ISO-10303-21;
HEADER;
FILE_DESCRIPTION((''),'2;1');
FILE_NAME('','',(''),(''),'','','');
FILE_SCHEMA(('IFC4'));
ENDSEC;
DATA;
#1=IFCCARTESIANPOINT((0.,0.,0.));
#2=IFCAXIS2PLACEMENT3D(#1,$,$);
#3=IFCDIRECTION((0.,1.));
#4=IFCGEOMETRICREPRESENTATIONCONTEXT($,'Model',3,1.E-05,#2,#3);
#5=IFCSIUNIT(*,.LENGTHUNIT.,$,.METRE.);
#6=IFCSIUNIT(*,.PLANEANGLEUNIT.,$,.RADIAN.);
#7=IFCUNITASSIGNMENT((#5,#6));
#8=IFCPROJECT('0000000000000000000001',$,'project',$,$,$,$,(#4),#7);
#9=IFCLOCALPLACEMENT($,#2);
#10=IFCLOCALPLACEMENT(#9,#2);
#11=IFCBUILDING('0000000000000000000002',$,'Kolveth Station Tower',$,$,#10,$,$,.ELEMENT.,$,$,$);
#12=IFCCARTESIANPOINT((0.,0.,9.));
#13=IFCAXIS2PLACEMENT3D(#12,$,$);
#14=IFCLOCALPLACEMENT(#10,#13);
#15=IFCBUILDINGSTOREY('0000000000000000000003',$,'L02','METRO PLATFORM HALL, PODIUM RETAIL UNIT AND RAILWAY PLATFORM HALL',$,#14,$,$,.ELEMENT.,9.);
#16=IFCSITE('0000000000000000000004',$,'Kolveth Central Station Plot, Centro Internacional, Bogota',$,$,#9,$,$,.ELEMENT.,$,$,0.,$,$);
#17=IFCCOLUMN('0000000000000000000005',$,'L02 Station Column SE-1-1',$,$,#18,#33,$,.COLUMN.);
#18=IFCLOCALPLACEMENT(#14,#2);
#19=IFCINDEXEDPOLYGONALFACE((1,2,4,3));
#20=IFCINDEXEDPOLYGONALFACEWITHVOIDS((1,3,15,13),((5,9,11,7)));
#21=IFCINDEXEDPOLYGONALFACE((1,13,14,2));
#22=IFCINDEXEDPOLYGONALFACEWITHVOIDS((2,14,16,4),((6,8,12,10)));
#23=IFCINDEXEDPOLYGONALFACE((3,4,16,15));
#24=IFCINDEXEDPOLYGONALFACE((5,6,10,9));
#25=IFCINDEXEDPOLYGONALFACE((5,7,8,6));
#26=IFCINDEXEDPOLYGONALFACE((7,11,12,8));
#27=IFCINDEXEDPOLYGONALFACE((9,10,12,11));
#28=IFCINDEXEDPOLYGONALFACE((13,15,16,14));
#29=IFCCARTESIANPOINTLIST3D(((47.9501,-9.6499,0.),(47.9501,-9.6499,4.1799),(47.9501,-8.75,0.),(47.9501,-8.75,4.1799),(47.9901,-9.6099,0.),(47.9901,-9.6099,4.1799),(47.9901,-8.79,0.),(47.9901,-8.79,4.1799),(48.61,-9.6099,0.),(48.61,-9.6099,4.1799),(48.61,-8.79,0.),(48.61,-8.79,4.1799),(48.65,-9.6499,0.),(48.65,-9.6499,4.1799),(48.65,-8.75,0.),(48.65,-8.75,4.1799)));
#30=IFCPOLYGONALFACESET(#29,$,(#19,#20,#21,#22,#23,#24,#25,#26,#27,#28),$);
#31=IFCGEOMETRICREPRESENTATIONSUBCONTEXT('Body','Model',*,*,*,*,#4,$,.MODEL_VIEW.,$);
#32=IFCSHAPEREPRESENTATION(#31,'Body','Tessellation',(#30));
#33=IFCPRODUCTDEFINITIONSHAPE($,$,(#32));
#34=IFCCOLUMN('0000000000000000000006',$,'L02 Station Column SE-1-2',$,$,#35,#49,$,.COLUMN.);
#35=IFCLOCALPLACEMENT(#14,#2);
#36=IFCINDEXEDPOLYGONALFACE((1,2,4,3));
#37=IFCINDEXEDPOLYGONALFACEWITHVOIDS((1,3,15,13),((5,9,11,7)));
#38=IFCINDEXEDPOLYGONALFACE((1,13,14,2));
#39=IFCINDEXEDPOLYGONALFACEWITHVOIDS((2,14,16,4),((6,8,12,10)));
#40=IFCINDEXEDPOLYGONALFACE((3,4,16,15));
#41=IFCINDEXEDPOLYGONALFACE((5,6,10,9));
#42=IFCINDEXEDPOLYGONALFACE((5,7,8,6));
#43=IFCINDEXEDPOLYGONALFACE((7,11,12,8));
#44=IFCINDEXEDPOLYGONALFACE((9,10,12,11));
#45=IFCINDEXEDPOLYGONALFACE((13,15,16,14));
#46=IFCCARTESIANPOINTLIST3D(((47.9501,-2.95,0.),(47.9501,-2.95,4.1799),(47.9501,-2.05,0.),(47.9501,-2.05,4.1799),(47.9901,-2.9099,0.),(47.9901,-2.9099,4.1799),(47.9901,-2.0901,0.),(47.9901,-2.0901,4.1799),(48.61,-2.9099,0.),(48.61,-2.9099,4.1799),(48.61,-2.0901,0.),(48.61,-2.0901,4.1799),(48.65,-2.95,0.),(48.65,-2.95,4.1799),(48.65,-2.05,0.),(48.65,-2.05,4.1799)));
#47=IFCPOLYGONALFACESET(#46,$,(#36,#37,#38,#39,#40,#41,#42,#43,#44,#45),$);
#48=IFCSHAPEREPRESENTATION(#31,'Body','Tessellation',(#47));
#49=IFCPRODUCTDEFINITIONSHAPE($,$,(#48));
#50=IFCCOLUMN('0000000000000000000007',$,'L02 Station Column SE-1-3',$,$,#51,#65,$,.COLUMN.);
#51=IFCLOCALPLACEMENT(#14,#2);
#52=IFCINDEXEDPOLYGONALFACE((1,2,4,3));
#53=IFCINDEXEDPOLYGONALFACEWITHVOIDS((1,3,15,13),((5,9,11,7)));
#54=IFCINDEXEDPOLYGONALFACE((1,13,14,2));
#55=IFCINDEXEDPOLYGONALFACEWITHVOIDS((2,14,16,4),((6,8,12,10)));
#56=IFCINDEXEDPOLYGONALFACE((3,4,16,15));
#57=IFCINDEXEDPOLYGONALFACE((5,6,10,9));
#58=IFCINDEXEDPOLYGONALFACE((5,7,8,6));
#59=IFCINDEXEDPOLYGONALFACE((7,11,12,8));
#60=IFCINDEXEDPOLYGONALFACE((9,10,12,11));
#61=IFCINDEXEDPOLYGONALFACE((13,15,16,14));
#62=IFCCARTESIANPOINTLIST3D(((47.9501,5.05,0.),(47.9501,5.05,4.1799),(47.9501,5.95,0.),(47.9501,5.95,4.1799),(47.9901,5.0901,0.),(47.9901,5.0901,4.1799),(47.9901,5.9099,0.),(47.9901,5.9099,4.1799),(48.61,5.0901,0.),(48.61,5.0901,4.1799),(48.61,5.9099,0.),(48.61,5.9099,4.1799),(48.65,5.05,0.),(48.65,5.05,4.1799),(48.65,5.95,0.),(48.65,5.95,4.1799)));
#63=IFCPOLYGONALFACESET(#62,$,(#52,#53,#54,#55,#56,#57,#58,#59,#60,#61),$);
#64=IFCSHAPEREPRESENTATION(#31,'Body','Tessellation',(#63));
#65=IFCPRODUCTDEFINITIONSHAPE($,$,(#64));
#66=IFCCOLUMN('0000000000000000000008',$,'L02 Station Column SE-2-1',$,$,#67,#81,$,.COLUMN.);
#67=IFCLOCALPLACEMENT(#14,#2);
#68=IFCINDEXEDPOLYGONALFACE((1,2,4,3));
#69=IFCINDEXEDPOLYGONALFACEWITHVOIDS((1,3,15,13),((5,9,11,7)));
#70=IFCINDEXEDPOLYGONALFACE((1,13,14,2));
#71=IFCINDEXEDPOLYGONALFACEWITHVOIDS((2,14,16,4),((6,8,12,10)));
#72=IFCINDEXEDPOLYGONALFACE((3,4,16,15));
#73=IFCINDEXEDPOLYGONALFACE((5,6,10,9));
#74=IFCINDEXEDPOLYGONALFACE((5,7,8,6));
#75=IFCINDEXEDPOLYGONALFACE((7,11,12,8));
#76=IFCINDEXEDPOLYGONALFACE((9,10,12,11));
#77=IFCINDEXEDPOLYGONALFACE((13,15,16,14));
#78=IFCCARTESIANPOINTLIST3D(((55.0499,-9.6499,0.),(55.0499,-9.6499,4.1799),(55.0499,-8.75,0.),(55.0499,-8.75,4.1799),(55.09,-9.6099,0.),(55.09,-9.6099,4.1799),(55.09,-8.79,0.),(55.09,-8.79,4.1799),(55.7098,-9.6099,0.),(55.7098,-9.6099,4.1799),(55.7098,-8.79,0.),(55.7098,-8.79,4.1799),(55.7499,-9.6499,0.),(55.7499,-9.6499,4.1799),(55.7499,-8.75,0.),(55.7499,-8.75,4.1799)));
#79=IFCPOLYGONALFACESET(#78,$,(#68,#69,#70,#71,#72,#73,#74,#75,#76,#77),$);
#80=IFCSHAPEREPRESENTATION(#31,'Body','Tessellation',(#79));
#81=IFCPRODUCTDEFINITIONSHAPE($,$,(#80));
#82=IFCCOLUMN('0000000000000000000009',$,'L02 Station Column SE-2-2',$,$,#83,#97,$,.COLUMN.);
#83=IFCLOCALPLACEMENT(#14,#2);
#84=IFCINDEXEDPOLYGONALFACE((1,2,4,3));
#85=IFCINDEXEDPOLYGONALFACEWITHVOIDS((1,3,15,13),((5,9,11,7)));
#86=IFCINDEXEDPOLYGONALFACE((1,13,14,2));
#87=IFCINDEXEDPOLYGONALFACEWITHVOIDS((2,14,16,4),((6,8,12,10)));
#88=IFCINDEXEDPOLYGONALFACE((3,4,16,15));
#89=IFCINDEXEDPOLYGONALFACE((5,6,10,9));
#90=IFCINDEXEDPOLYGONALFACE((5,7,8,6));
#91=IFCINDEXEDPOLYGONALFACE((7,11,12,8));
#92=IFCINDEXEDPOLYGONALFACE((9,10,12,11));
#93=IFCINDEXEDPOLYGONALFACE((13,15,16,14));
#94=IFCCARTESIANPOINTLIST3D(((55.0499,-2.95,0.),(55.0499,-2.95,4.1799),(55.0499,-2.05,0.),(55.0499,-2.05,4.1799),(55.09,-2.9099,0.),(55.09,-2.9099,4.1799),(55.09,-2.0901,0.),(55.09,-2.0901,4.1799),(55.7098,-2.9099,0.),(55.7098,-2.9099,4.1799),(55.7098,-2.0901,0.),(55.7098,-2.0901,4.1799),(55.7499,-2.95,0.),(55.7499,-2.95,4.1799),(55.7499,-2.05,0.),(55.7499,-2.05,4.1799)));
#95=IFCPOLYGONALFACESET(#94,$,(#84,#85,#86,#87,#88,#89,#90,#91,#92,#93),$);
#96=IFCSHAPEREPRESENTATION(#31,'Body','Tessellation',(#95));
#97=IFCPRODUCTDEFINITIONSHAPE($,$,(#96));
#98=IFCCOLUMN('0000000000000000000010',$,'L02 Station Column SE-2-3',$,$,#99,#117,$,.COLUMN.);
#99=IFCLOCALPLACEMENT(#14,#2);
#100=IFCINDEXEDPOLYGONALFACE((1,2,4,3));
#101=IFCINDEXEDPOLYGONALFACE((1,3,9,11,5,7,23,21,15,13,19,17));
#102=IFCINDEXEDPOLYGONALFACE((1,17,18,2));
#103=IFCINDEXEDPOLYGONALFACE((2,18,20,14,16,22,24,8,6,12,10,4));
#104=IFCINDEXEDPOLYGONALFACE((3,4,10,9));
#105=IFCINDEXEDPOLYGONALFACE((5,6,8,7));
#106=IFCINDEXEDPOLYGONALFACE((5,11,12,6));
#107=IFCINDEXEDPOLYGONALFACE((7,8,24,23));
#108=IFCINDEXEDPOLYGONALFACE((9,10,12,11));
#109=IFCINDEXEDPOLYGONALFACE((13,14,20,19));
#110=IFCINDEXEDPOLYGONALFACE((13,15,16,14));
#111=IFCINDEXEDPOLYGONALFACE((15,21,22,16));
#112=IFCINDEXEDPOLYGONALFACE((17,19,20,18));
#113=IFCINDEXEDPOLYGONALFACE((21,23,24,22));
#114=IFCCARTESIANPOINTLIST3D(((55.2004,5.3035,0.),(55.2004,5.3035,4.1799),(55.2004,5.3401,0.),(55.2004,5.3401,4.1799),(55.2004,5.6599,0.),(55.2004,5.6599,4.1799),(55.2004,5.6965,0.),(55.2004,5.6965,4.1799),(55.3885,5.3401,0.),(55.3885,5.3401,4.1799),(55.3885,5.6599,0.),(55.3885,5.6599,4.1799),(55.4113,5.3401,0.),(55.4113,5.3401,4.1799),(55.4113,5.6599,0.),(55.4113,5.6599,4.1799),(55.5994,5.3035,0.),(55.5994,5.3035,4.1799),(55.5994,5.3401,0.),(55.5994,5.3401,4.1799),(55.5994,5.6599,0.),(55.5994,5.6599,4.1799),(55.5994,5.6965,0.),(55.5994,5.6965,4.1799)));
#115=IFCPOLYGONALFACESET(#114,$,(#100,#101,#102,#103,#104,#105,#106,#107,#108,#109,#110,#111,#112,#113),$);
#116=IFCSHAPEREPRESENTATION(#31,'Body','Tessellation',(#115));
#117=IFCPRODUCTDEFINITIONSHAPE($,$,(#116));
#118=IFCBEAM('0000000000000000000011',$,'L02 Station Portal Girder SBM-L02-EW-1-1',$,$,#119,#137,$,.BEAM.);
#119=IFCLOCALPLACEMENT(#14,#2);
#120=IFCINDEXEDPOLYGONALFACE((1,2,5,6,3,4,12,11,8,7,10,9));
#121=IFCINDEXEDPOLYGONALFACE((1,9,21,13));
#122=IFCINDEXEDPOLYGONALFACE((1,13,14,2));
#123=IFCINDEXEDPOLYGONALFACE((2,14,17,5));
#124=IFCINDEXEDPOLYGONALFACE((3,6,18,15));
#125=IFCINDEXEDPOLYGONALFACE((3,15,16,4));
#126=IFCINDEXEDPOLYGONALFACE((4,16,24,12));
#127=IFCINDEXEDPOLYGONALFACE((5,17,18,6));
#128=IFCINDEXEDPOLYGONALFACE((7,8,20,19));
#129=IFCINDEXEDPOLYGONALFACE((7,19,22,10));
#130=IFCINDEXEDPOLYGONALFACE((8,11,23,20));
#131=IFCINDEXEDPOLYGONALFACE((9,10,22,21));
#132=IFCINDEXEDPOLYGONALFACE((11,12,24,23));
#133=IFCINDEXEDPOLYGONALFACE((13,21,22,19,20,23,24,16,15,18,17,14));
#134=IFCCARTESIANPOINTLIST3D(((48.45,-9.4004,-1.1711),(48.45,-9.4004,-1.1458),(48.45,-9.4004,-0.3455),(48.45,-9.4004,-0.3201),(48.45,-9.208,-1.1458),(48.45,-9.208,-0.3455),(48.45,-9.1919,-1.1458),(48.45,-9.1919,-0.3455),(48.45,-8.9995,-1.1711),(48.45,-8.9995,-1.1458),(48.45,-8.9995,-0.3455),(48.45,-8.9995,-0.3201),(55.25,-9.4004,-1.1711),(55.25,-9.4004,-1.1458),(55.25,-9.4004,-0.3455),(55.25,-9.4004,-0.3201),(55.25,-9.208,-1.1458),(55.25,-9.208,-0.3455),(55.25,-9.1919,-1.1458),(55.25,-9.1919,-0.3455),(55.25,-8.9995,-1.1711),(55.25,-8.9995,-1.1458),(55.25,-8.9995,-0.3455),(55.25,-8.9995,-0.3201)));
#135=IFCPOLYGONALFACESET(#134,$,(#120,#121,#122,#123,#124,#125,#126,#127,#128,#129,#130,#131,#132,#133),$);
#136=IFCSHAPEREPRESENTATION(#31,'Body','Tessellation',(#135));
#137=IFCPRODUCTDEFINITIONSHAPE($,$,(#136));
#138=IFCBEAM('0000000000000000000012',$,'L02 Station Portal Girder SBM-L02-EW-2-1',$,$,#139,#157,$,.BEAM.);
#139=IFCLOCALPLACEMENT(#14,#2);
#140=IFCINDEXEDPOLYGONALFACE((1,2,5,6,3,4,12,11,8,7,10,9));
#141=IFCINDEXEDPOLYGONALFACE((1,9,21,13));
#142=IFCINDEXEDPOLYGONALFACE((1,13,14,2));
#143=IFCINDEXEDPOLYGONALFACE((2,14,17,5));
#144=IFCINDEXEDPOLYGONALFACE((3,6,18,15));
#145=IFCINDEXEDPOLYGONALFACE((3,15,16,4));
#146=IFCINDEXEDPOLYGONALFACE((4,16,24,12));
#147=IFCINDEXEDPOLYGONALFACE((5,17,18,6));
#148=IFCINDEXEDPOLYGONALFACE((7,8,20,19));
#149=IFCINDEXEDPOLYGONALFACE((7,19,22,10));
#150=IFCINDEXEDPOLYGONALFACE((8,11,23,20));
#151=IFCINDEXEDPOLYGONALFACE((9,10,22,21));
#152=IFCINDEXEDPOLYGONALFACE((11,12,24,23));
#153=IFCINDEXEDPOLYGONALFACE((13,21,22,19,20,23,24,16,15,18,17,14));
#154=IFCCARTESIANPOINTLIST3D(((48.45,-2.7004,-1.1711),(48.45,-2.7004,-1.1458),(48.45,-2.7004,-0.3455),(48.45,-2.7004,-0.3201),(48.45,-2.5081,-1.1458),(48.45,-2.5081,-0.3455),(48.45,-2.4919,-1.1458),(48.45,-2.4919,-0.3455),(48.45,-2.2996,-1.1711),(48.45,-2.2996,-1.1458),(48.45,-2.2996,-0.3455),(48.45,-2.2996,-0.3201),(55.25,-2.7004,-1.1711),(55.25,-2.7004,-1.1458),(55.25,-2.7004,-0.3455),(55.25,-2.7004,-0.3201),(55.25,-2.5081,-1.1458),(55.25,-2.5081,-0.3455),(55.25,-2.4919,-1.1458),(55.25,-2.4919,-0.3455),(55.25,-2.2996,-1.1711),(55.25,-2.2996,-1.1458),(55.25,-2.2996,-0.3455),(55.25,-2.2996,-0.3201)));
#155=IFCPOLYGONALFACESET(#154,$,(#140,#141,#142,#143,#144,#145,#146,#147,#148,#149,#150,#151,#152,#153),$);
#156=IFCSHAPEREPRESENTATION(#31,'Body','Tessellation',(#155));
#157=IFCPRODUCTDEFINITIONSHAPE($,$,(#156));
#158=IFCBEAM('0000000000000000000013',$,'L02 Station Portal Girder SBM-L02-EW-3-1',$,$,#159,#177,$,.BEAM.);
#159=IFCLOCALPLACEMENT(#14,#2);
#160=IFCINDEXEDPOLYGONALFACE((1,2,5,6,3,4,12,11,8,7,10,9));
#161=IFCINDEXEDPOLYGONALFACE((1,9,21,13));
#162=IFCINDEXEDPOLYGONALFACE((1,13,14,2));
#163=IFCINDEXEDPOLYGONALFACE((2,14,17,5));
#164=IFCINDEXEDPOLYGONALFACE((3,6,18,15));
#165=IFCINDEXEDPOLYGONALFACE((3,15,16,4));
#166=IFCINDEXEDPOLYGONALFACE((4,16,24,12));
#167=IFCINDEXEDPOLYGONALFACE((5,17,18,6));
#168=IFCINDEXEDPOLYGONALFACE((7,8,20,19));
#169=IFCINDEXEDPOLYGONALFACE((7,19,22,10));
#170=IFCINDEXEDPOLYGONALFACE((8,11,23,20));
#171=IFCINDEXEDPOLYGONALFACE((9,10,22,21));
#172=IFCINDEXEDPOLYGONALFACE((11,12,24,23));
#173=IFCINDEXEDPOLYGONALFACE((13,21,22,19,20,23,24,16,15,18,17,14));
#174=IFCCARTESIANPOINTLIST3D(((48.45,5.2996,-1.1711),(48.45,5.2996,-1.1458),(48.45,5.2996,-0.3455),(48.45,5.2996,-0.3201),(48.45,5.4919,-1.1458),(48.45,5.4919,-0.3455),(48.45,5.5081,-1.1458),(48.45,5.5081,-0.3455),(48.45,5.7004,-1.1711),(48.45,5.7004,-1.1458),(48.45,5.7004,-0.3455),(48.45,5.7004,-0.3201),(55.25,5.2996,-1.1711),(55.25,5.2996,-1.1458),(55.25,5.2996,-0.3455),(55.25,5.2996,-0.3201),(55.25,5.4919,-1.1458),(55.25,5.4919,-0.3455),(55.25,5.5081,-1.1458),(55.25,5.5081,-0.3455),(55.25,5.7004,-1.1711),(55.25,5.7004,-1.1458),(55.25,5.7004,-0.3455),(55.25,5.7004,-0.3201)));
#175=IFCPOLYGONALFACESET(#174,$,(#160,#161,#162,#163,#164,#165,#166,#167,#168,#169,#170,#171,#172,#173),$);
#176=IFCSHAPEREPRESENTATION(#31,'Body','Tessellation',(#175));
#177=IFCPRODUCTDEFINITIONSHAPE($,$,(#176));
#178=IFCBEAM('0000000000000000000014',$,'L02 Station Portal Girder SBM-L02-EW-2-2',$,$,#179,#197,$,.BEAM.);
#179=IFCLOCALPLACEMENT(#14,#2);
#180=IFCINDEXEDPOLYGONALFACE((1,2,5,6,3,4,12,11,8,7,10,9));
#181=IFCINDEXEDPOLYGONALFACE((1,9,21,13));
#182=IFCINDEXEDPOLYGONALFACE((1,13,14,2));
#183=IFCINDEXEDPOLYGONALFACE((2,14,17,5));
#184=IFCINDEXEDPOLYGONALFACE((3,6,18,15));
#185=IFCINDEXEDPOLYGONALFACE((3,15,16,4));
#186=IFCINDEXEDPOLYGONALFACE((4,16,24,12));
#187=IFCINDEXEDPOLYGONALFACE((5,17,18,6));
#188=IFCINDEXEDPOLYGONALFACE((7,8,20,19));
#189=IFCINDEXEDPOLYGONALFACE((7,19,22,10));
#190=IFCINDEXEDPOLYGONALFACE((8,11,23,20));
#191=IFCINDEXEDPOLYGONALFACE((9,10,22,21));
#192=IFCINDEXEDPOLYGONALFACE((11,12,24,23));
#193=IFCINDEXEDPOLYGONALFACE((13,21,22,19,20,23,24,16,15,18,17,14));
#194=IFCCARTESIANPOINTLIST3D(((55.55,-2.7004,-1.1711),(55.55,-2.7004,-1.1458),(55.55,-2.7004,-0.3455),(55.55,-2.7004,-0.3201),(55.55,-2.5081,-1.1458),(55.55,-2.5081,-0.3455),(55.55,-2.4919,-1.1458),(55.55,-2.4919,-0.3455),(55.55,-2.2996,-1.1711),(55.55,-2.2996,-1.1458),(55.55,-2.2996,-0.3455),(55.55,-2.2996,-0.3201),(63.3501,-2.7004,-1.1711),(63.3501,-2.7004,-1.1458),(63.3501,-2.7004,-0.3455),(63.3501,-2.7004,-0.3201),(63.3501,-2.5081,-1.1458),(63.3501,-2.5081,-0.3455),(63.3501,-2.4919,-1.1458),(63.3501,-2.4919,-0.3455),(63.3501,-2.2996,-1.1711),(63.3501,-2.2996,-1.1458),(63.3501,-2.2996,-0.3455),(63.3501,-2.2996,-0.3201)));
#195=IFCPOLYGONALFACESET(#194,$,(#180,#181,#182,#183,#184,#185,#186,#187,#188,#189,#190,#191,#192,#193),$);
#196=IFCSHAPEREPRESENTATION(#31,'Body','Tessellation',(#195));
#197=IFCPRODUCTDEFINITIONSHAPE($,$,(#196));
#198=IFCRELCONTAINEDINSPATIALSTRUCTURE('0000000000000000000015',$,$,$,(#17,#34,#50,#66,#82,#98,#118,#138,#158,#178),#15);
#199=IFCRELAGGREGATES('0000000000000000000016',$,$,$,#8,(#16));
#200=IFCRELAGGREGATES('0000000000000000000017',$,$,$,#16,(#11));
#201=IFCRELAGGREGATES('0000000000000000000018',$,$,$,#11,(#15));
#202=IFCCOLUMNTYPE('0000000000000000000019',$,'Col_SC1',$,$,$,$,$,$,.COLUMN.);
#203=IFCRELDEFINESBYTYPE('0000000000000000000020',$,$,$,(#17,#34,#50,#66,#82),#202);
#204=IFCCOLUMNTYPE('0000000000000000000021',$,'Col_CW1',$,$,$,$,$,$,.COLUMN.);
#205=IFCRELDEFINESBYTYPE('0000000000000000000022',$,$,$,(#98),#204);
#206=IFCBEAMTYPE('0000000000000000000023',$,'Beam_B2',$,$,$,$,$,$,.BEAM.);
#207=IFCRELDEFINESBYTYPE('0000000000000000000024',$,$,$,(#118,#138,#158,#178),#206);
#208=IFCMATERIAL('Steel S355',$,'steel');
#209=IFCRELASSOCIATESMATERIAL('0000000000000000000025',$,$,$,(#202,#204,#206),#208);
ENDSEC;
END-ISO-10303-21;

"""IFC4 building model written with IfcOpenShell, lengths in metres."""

from ifc_helpers import new_model, si_unit, direction, frame, origin, origin_2d, place, context, subcontext, project, spatial, hollow_rectangle, i_section, extrude, source, transform, mapped, material, material_profile, profile_set, type_object, element, save


model = new_model("IFC4")

# Units and contexts
model_context = context("Model", 3, precision=1e-05, world=origin(), true_north=direction((0.0, 1.0)))
body_context = subcontext(model_context, "Body", "Model", "MODEL_VIEW")
ifc_project = project(units=[si_unit("LENGTHUNIT", "METRE"), si_unit("PLANEANGLEUNIT", "RADIAN")], contexts=[model_context])

# Site, building, storey
site_placement = place(None, origin())
site = spatial("IfcSite", under=ifc_project, at=site_placement, Name="Kolveth Central Station Plot, Centro Internacional, Bogota", CompositionType="ELEMENT", RefElevation=0.0)
building_placement = place(site_placement, origin())
building = spatial("IfcBuilding", under=site, at=building_placement, Name="Kolveth Station Tower", CompositionType="ELEMENT")
storey_placement = place(building_placement, frame((0.0, 0.0, 9.0)))
storey = spatial("IfcBuildingStorey", under=building, at=storey_placement, Name="L02", Description="METRO PLATFORM HALL, PODIUM RETAIL UNIT AND RAILWAY PLATFORM HALL", CompositionType="ELEMENT", Elevation=9.0)

# Columns
ifc_material_1 = material(Name="Steel S355", Category="steel")
ifc_material_profile_1 = material_profile(ifc_material_1, hollow_rectangle(XDim=0.7, YDim=0.8999, WallThickness=0.04, at=origin_2d()), Name="BOX900x700x40")
ifc_profile_set_1 = profile_set([ifc_material_profile_1], Name="Steel S355")
column_type_1 = type_object("IfcColumnType", Name="Col_SC1", PredefinedType="COLUMN", material=ifc_profile_set_1)
shared_shape_1 = source(origin(), body_context, "Body", "SweptSolid", [
    extrude(hollow_rectangle(XDim=0.7, YDim=0.8999, WallThickness=0.04, at=origin_2d()), origin(), (0.0, 0.0, 1.0), 4.1799),
])
for number, where, z_axis, x_axis, name in (
    (1, (48.3, -9.2, 0.0), (0.0, 0.0, 1.0), (1.0, 0.0, 0.0), "L02 Station Column SE-1-1"),
    (2, (48.3, -2.5, 0.0), (0.0, 0.0, 1.0), (1.0, 0.0, 0.0), "L02 Station Column SE-1-2"),
    (3, (48.3, 5.5, 0.0), (0.0, 0.0, 1.0), (1.0, 0.0, 0.0), "L02 Station Column SE-1-3"),
    (4, (55.3999, -9.2, 0.0), (0.0, 0.0, 1.0), (1.0, 0.0, 0.0), "L02 Station Column SE-2-1"),
    (5, (55.3999, -2.5, 0.0), (0.0, 0.0, 1.0), (1.0, 0.0, 0.0), "L02 Station Column SE-2-2"),
):
    element("IfcColumn", number, at=place(storey_placement, frame(where, z_axis=z_axis, x_axis=x_axis)), inside=storey, type_object=column_type_1, Name=name, PredefinedType="COLUMN", context=body_context, shape_type="MappedRepresentation", body=[
        mapped(shared_shape_1, transform((0.0, 0.0, 0.0), x_axis=(1.0, 0.0, 0.0), y_axis=(0.0, 1.0, 0.0), z_axis=(0.0, 0.0, 1.0), scale=1.0)),
    ])
ifc_material_profile_2 = material_profile(ifc_material_1, i_section(OverallWidth=0.3989, OverallDepth=0.3931, WebThickness=0.0227, FlangeThickness=0.0366, at=origin_2d()), Name="W360x287")
ifc_profile_set_2 = profile_set([ifc_material_profile_2], Name="Steel S355")
column_type_2 = type_object("IfcColumnType", Name="Col_CW1", PredefinedType="COLUMN", material=ifc_profile_set_2)
shared_shape_2 = source(origin(), body_context, "Body", "SweptSolid", [
    extrude(i_section(OverallWidth=0.3989, OverallDepth=0.3931, WebThickness=0.0227, FlangeThickness=0.0366, at=origin_2d()), origin(), (0.0, 0.0, 1.0), 4.1799),
])
column_placement = place(storey_placement, frame((55.3999, 5.5, 0.0), z_axis=(0.0, 0.0, 1.0), x_axis=(1.0, 0.0, 0.0)))
element("IfcColumn", 6, at=column_placement, inside=storey, type_object=column_type_2, Name="L02 Station Column SE-2-3", PredefinedType="COLUMN", context=body_context, shape_type="MappedRepresentation", body=[
    mapped(shared_shape_2, transform((0.0, 0.0, 0.0), x_axis=(1.0, 0.0, 0.0), y_axis=(0.0, 1.0, 0.0), z_axis=(0.0, 0.0, 1.0), scale=1.0)),
])

# Beams
ifc_material_profile_3 = material_profile(ifc_material_1, i_section(OverallWidth=0.4009, OverallDepth=0.8511, WebThickness=0.0161, FlangeThickness=0.0254, at=origin_2d()), Name="W840x226")
ifc_profile_set_3 = profile_set([ifc_material_profile_3], Name="Steel S355")
beam_type_1 = type_object("IfcBeamType", Name="Beam_B2", PredefinedType="BEAM", material=ifc_profile_set_3)
shared_shape_3 = source(origin(), body_context, "Body", "SweptSolid", [
    extrude(i_section(OverallWidth=0.4009, OverallDepth=0.8511, WebThickness=0.0161, FlangeThickness=0.0254, at=origin_2d()), origin(), (0.0, 0.0, 1.0), 6.8),
])
for number, where, z_axis, x_axis, name in (
    (7, (48.45, -9.2, -0.7456), (1.0, 0.0, 0.0), (0.0, 1.0, 0.0), "L02 Station Portal Girder SBM-L02-EW-1-1"),
    (8, (48.45, -2.5, -0.7456), (1.0, 0.0, 0.0), (0.0, 1.0, 0.0), "L02 Station Portal Girder SBM-L02-EW-2-1"),
    (9, (48.45, 5.5, -0.7456), (1.0, 0.0, 0.0), (0.0, 1.0, 0.0), "L02 Station Portal Girder SBM-L02-EW-3-1"),
):
    element("IfcBeam", number, at=place(storey_placement, frame(where, z_axis=z_axis, x_axis=x_axis)), inside=storey, type_object=beam_type_1, Name=name, PredefinedType="BEAM", context=body_context, shape_type="MappedRepresentation", body=[
        mapped(shared_shape_3, transform((0.0, 0.0, 0.0), x_axis=(1.0, 0.0, 0.0), y_axis=(0.0, 1.0, 0.0), z_axis=(0.0, 0.0, 1.0), scale=1.0)),
    ])
shared_shape_4 = source(origin(), body_context, "Body", "SweptSolid", [
    extrude(i_section(OverallWidth=0.4009, OverallDepth=0.8511, WebThickness=0.0161, FlangeThickness=0.0254, at=origin_2d()), origin(), (0.0, 0.0, 1.0), 7.8),
])
for number, where, z_axis, x_axis, name in (
    (10, (55.55, -2.5, -0.7456), (1.0, 0.0, 0.0), (0.0, 1.0, 0.0), "L02 Station Portal Girder SBM-L02-EW-2-2"),
):
    element("IfcBeam", number, at=place(storey_placement, frame(where, z_axis=z_axis, x_axis=x_axis)), inside=storey, type_object=beam_type_1, Name=name, PredefinedType="BEAM", context=body_context, shape_type="MappedRepresentation", body=[
        mapped(shared_shape_4, transform((0.0, 0.0, 0.0), x_axis=(1.0, 0.0, 0.0), y_axis=(0.0, 1.0, 0.0), z_axis=(0.0, 0.0, 1.0), scale=1.0)),
    ])

save(model, "model.ifc")
